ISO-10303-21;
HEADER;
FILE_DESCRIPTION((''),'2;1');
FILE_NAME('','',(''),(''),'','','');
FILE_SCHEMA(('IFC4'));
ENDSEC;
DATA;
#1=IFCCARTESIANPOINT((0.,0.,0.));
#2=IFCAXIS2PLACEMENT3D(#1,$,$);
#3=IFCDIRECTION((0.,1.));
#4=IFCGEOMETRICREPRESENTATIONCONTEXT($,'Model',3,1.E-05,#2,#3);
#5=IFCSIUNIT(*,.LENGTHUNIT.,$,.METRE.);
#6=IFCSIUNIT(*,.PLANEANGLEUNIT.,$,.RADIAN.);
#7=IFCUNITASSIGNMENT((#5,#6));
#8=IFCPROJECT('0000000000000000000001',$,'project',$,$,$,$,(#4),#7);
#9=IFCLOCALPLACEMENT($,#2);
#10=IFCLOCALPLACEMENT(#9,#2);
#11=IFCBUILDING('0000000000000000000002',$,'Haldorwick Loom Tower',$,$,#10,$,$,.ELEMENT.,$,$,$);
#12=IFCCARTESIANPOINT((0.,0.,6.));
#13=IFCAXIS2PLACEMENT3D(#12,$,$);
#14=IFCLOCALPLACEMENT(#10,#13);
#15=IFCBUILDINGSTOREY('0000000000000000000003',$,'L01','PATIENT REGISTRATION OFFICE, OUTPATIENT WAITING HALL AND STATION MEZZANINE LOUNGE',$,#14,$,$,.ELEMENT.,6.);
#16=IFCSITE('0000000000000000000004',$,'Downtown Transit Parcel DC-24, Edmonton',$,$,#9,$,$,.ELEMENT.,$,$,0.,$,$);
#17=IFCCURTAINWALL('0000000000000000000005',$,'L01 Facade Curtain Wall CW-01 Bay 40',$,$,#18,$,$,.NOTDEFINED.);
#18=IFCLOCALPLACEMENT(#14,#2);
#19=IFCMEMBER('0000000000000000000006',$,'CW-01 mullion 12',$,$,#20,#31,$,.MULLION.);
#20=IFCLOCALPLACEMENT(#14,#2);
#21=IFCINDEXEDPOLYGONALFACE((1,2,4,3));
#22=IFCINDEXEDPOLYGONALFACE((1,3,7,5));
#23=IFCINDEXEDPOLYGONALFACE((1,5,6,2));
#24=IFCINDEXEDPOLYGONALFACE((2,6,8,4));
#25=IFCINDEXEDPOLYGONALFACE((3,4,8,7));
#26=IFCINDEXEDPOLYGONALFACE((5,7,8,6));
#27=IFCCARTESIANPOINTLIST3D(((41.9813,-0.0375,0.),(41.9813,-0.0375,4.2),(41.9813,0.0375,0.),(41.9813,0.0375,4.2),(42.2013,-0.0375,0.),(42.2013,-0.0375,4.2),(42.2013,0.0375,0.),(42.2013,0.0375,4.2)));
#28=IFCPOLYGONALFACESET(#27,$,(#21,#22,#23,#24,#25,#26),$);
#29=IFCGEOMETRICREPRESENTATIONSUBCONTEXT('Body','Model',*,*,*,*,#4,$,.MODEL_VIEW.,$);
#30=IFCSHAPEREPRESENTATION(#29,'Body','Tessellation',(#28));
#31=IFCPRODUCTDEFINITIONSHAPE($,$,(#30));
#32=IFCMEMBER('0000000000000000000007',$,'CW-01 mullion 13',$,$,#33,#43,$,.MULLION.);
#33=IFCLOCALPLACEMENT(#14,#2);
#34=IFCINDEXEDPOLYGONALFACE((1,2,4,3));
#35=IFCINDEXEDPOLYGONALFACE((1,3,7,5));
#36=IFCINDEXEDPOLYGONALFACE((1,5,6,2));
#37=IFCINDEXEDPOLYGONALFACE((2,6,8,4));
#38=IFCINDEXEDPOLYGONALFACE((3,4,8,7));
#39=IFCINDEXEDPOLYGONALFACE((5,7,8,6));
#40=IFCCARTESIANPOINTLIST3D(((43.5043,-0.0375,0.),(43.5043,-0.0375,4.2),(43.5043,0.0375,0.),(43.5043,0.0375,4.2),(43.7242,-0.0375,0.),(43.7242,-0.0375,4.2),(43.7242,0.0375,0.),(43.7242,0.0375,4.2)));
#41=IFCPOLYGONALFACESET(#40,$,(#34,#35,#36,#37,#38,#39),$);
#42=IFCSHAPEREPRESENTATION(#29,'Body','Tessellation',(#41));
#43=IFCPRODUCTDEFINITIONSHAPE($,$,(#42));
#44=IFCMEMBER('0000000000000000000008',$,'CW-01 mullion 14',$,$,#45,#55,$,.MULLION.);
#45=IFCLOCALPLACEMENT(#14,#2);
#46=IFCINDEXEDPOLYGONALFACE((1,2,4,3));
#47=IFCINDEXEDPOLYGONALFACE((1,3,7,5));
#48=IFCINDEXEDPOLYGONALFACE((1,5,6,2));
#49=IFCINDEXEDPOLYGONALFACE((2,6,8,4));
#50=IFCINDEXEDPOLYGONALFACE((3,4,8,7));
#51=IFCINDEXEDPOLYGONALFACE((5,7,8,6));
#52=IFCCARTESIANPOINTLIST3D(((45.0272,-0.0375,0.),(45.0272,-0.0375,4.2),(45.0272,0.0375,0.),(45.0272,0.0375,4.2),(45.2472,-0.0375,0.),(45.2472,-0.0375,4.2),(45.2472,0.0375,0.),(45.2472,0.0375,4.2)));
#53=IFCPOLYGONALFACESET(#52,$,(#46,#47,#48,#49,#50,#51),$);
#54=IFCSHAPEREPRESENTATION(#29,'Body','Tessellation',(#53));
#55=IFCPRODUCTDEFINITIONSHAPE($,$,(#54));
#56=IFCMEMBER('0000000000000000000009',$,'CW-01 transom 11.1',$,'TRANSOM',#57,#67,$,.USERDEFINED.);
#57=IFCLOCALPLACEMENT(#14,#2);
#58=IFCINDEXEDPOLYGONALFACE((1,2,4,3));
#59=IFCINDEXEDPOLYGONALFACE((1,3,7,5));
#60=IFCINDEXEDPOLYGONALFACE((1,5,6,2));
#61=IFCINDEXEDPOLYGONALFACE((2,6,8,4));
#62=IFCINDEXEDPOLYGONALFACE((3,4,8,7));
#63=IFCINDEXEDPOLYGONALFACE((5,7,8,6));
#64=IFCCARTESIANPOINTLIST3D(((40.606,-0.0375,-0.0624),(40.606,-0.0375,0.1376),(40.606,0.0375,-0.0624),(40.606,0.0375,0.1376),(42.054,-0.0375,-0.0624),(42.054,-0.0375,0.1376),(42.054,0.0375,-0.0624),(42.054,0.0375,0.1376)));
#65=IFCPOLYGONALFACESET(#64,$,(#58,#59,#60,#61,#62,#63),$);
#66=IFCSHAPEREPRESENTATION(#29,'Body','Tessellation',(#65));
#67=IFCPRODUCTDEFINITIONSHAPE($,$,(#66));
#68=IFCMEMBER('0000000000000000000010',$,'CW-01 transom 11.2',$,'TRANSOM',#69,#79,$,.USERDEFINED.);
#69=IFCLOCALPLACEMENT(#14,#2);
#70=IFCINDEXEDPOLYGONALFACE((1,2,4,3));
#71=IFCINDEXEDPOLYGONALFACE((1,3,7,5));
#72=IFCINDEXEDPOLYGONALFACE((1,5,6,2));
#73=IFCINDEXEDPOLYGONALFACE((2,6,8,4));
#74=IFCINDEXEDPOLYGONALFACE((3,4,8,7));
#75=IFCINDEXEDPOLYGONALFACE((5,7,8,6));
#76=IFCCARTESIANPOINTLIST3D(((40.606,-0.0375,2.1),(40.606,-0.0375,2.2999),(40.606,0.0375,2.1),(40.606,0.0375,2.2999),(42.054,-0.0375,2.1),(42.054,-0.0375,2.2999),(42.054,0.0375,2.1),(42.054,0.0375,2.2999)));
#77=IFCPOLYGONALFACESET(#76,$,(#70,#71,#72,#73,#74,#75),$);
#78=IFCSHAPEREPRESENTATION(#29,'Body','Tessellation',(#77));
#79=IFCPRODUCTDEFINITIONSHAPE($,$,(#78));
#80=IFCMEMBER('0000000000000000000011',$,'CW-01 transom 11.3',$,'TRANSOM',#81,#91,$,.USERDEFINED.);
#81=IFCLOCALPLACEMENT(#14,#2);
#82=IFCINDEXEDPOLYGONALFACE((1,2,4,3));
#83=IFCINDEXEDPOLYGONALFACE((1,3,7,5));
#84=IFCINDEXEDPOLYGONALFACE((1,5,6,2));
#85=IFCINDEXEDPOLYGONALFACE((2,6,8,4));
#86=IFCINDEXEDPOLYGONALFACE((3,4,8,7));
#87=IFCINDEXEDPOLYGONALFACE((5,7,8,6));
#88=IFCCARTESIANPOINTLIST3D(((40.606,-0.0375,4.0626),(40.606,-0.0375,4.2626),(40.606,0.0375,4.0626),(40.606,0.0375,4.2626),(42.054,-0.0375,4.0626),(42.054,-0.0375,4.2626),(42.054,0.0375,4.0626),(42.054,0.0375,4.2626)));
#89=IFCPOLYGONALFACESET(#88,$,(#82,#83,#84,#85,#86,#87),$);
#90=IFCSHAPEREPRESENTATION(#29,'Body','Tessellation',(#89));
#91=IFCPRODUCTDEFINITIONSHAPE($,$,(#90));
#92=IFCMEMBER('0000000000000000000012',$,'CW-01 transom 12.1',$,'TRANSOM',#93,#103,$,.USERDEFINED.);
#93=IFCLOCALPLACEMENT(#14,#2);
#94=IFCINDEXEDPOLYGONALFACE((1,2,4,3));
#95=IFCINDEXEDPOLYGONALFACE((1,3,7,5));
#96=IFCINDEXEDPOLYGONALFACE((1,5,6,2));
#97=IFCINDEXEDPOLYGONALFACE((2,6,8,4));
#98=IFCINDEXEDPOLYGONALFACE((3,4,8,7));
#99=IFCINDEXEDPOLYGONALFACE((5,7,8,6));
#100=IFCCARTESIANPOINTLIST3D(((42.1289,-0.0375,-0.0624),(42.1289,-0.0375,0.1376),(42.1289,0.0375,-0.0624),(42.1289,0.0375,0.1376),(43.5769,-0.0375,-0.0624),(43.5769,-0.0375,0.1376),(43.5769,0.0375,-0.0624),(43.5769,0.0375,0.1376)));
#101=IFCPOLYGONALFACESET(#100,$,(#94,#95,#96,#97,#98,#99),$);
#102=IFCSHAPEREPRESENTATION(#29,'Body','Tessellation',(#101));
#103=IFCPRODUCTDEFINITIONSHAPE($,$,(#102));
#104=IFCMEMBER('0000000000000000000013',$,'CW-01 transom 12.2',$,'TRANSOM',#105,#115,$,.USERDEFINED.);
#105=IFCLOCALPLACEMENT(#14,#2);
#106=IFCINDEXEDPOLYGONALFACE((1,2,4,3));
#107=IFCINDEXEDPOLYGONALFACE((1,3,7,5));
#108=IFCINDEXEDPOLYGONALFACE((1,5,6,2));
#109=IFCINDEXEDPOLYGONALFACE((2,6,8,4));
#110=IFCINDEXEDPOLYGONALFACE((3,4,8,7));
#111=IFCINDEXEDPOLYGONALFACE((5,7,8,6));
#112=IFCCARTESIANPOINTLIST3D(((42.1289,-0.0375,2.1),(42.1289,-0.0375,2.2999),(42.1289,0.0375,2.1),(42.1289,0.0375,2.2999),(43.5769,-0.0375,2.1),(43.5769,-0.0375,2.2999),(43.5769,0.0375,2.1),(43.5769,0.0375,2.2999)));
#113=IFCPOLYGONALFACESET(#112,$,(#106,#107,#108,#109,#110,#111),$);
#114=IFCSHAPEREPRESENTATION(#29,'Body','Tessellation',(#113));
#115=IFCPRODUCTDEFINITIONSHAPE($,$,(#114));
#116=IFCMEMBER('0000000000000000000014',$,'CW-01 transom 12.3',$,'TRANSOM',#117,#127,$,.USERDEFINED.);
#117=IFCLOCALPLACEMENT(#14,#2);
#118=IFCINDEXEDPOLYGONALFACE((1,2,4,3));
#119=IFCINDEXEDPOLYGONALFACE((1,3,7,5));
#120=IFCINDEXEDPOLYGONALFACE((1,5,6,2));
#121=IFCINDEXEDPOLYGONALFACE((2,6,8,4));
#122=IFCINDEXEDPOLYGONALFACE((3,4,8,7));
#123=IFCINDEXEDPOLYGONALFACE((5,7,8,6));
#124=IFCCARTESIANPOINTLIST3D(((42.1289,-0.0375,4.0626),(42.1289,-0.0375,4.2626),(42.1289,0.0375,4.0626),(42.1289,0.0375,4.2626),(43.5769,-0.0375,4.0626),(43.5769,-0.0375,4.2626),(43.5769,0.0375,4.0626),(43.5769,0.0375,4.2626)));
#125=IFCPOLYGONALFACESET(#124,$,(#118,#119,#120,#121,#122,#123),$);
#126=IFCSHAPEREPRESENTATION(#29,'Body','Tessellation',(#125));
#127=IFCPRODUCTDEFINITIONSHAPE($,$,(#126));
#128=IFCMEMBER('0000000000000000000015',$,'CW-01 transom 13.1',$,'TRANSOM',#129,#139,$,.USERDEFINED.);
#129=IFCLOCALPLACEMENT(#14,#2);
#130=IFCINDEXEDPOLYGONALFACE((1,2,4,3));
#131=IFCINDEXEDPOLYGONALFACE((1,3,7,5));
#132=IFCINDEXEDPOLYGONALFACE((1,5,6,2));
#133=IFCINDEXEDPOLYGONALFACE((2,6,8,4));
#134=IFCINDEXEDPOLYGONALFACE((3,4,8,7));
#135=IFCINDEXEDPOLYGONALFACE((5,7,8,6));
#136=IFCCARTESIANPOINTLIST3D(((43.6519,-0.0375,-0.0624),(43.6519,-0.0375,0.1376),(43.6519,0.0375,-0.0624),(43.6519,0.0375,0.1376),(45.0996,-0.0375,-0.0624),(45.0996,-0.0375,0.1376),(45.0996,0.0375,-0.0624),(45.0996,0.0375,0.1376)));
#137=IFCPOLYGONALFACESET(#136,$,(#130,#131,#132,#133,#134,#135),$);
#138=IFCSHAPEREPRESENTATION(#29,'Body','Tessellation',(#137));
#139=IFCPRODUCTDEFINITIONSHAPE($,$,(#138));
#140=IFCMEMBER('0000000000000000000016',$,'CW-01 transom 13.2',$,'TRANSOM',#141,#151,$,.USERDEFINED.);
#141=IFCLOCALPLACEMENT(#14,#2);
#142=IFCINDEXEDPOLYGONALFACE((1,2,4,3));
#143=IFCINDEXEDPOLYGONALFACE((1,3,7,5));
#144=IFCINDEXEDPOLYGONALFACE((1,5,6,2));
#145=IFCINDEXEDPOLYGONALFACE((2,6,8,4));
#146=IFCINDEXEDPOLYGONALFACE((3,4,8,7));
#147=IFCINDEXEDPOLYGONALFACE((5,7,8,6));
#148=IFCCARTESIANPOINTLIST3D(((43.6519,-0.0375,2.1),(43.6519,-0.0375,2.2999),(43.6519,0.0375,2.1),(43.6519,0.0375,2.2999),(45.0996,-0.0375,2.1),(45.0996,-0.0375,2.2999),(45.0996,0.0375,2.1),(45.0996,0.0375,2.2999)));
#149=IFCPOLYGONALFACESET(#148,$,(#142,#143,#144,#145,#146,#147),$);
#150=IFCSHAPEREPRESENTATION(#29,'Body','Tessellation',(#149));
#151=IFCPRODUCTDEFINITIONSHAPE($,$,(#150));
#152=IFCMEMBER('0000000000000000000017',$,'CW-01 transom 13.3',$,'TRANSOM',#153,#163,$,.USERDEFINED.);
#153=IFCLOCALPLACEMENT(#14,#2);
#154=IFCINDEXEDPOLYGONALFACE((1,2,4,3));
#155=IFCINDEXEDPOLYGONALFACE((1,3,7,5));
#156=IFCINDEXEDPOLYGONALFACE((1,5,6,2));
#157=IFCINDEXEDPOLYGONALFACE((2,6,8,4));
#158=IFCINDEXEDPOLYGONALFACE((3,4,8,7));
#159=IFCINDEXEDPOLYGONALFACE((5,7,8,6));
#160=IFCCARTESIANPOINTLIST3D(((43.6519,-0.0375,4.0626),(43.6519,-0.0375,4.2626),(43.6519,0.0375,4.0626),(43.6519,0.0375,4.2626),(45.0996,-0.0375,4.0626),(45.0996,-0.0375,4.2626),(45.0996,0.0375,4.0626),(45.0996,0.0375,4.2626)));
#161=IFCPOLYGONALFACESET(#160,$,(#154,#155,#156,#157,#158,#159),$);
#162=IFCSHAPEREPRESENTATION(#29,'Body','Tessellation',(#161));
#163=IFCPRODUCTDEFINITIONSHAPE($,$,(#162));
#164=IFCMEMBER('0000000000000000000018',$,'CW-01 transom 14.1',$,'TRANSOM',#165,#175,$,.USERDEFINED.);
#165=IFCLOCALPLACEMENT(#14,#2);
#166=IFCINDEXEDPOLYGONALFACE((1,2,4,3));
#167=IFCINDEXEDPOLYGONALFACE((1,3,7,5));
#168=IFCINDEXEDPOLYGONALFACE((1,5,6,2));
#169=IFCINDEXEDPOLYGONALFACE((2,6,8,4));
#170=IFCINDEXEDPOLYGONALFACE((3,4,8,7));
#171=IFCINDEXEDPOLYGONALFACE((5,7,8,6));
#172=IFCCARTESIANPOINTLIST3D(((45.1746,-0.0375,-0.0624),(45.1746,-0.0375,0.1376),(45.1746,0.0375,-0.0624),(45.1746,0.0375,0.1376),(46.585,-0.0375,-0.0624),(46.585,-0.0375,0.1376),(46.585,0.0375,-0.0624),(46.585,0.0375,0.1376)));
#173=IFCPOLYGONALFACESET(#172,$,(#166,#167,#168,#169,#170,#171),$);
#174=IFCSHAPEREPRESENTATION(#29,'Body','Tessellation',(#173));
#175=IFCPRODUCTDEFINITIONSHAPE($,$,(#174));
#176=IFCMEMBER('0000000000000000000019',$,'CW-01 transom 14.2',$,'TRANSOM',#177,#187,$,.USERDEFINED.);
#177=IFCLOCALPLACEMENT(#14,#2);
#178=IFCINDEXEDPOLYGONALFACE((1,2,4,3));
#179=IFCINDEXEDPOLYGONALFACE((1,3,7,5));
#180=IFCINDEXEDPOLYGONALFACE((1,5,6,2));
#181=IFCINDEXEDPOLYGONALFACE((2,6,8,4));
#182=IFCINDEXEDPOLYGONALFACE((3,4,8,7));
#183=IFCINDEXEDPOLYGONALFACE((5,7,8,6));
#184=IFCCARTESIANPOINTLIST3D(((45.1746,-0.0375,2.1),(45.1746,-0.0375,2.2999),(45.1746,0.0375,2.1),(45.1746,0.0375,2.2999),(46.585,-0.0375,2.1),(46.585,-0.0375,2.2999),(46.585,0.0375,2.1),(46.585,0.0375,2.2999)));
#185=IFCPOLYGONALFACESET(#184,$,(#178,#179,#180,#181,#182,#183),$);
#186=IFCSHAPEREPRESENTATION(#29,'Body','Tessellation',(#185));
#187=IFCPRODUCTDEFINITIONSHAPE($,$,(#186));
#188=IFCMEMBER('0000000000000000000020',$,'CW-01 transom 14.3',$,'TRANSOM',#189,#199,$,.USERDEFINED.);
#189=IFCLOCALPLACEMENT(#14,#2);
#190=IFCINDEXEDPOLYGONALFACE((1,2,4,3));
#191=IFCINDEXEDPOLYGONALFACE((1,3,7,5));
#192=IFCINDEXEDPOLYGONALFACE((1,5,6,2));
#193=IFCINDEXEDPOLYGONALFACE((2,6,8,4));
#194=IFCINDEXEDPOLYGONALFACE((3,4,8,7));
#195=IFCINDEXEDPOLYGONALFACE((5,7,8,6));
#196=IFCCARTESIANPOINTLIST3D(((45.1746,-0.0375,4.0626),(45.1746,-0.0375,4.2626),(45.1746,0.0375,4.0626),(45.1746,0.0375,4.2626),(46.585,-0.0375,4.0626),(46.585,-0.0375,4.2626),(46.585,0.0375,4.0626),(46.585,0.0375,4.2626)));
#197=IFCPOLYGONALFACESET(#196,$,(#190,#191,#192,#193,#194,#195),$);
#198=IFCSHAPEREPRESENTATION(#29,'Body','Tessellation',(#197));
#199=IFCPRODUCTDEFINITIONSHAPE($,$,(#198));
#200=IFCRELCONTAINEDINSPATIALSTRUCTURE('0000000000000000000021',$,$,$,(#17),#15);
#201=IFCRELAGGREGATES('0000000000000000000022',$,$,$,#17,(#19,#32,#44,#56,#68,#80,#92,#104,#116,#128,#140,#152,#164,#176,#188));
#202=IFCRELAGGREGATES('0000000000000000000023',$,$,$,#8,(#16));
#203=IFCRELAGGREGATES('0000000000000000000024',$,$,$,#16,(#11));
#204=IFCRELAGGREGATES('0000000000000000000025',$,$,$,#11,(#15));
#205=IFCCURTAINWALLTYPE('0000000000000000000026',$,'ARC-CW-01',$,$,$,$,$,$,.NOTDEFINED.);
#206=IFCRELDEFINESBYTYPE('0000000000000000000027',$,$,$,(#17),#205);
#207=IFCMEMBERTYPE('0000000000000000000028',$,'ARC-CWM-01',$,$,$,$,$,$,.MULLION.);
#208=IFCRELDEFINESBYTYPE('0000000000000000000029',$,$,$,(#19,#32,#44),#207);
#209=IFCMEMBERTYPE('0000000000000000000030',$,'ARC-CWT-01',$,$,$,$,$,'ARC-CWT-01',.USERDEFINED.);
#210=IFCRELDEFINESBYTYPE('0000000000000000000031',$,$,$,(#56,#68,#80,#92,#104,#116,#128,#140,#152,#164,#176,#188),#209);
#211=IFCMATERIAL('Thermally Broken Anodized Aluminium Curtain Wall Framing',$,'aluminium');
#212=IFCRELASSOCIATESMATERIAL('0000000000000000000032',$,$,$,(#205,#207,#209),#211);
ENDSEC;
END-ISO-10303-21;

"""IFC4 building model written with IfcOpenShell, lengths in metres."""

from ifc_helpers import new_model, si_unit, direction, frame, origin, origin_2d, place, context, subcontext, project, spatial, rectangle, extrude, material, material_profile, profile_set, type_object, element, aggregate, save


model = new_model("IFC4")

# Units and contexts
model_context = context("Model", 3, precision=1e-05, world=origin(), true_north=direction((0.0, 1.0)))
body_context = subcontext(model_context, "Body", "Model", "MODEL_VIEW")
ifc_project = project(units=[si_unit("LENGTHUNIT", "METRE"), si_unit("PLANEANGLEUNIT", "RADIAN")], contexts=[model_context])

# Site, building, storey
site_placement = place(None, origin())
site = spatial("IfcSite", under=ifc_project, at=site_placement, Name="Downtown Transit Parcel DC-24, Edmonton", CompositionType="ELEMENT", RefElevation=0.0)
building_placement = place(site_placement, origin())
building = spatial("IfcBuilding", under=site, at=building_placement, Name="Haldorwick Loom Tower", CompositionType="ELEMENT")
storey_placement = place(building_placement, frame((0.0, 0.0, 6.0)))
storey = spatial("IfcBuildingStorey", under=building, at=storey_placement, Name="L01", Description="PATIENT REGISTRATION OFFICE, OUTPATIENT WAITING HALL AND STATION MEZZANINE LOUNGE", CompositionType="ELEMENT", Elevation=6.0)

# Curtain wall, members
ifc_material_1 = material(Name="Thermally Broken Anodized Aluminium Curtain Wall Framing", Category="aluminium")
curtain_wall_type = type_object("IfcCurtainWallType", Name="ARC-CW-01", PredefinedType="NOTDEFINED", material=ifc_material_1)
curtain_wall_placement = place(storey_placement, origin())
curtain_wall = element("IfcCurtainWall", 1, at=curtain_wall_placement, inside=storey, type_object=curtain_wall_type, Name="L01 Facade Curtain Wall CW-01 Bay 40", PredefinedType="NOTDEFINED")
ifc_material_profile_1 = material_profile(ifc_material_1, rectangle(XDim=0.075, YDim=0.22, at=origin_2d()), Name="ALU_MUL_75X220", Category="aluminium")
ifc_profile_set_1 = profile_set([ifc_material_profile_1], Name="Thermally Broken Anodized Aluminium Curtain Wall Framing")
member_type_1 = type_object("IfcMemberType", Name="ARC-CWM-01", PredefinedType="MULLION", material=ifc_profile_set_1)
member_1_placement = place(storey_placement, frame((42.0913, 0.0, 0.0), z_axis=(0.0, 0.0, 1.0), x_axis=(0.0, 1.0, 0.0)))
member_1 = element("IfcMember", 2, at=member_1_placement, type_object=member_type_1, Name="CW-01 mullion 12", PredefinedType="MULLION", context=body_context, shape_type="SweptSolid", body=[
    extrude(rectangle(XDim=0.075, YDim=0.22, at=origin_2d()), origin(), (0.0, 0.0, 1.0), 4.2),
])
member_2_placement = place(storey_placement, frame((43.6143, 0.0, 0.0), z_axis=(0.0, 0.0, 1.0), x_axis=(0.0, 1.0, 0.0)))
member_2 = element("IfcMember", 3, at=member_2_placement, type_object=member_type_1, Name="CW-01 mullion 13", PredefinedType="MULLION", context=body_context, shape_type="SweptSolid", body=[
    extrude(rectangle(XDim=0.075, YDim=0.22, at=origin_2d()), origin(), (0.0, 0.0, 1.0), 4.2),
])
member_3_placement = place(storey_placement, frame((45.1372, 0.0, 0.0), z_axis=(0.0, 0.0, 1.0), x_axis=(0.0, 1.0, 0.0)))
member_3 = element("IfcMember", 4, at=member_3_placement, type_object=member_type_1, Name="CW-01 mullion 14", PredefinedType="MULLION", context=body_context, shape_type="SweptSolid", body=[
    extrude(rectangle(XDim=0.075, YDim=0.22, at=origin_2d()), origin(), (0.0, 0.0, 1.0), 4.2),
])
ifc_material_profile_2 = material_profile(ifc_material_1, rectangle(XDim=0.075, YDim=0.2, at=origin_2d()), Name="ALU_TRN_75X200", Category="aluminium")
ifc_profile_set_2 = profile_set([ifc_material_profile_2], Name="Thermally Broken Anodized Aluminium Curtain Wall Framing")
member_type_2 = type_object("IfcMemberType", Name="ARC-CWT-01", ElementType="ARC-CWT-01", PredefinedType="USERDEFINED", material=ifc_profile_set_2)
member_4_placement = place(storey_placement, frame((40.606, 0.0, 0.0376), z_axis=(1.0, 0.0, 0.0), x_axis=(0.0, 1.0, 0.0)))
member_4 = element("IfcMember", 5, at=member_4_placement, type_object=member_type_2, Name="CW-01 transom 11.1", ObjectType="TRANSOM", PredefinedType="USERDEFINED", context=body_context, shape_type="SweptSolid", body=[
    extrude(rectangle(XDim=0.075, YDim=0.2, at=origin_2d()), origin(), (0.0, 0.0, 1.0), 1.448),
])
member_5_placement = place(storey_placement, frame((40.606, 0.0, 2.2), z_axis=(1.0, 0.0, 0.0), x_axis=(0.0, 1.0, 0.0)))
member_5 = element("IfcMember", 6, at=member_5_placement, type_object=member_type_2, Name="CW-01 transom 11.2", ObjectType="TRANSOM", PredefinedType="USERDEFINED", context=body_context, shape_type="SweptSolid", body=[
    extrude(rectangle(XDim=0.075, YDim=0.2, at=origin_2d()), origin(), (0.0, 0.0, 1.0), 1.448),
])
member_6_placement = place(storey_placement, frame((40.606, 0.0, 4.1626), z_axis=(1.0, 0.0, 0.0), x_axis=(0.0, 1.0, 0.0)))
member_6 = element("IfcMember", 7, at=member_6_placement, type_object=member_type_2, Name="CW-01 transom 11.3", ObjectType="TRANSOM", PredefinedType="USERDEFINED", context=body_context, shape_type="SweptSolid", body=[
    extrude(rectangle(XDim=0.075, YDim=0.2, at=origin_2d()), origin(), (0.0, 0.0, 1.0), 1.448),
])
member_7_placement = place(storey_placement, frame((42.1289, 0.0, 0.0376), z_axis=(1.0, 0.0, 0.0), x_axis=(0.0, 1.0, 0.0)))
member_7 = element("IfcMember", 8, at=member_7_placement, type_object=member_type_2, Name="CW-01 transom 12.1", ObjectType="TRANSOM", PredefinedType="USERDEFINED", context=body_context, shape_type="SweptSolid", body=[
    extrude(rectangle(XDim=0.075, YDim=0.2, at=origin_2d()), origin(), (0.0, 0.0, 1.0), 1.448),
])
member_8_placement = place(storey_placement, frame((42.1289, 0.0, 2.2), z_axis=(1.0, 0.0, 0.0), x_axis=(0.0, 1.0, 0.0)))
member_8 = element("IfcMember", 9, at=member_8_placement, type_object=member_type_2, Name="CW-01 transom 12.2", ObjectType="TRANSOM", PredefinedType="USERDEFINED", context=body_context, shape_type="SweptSolid", body=[
    extrude(rectangle(XDim=0.075, YDim=0.2, at=origin_2d()), origin(), (0.0, 0.0, 1.0), 1.448),
])
member_9_placement = place(storey_placement, frame((42.1289, 0.0, 4.1626), z_axis=(1.0, 0.0, 0.0), x_axis=(0.0, 1.0, 0.0)))
member_9 = element("IfcMember", 10, at=member_9_placement, type_object=member_type_2, Name="CW-01 transom 12.3", ObjectType="TRANSOM", PredefinedType="USERDEFINED", context=body_context, shape_type="SweptSolid", body=[
    extrude(rectangle(XDim=0.075, YDim=0.2, at=origin_2d()), origin(), (0.0, 0.0, 1.0), 1.448),
])
member_10_placement = place(storey_placement, frame((43.6519, 0.0, 0.0376), z_axis=(1.0, 0.0, 0.0), x_axis=(0.0, 1.0, 0.0)))
member_10 = element("IfcMember", 11, at=member_10_placement, type_object=member_type_2, Name="CW-01 transom 13.1", ObjectType="TRANSOM", PredefinedType="USERDEFINED", context=body_context, shape_type="SweptSolid", body=[
    extrude(rectangle(XDim=0.075, YDim=0.2, at=origin_2d()), origin(), (0.0, 0.0, 1.0), 1.4478),
])
member_11_placement = place(storey_placement, frame((43.6519, 0.0, 2.2), z_axis=(1.0, 0.0, 0.0), x_axis=(0.0, 1.0, 0.0)))
member_11 = element("IfcMember", 12, at=member_11_placement, type_object=member_type_2, Name="CW-01 transom 13.2", ObjectType="TRANSOM", PredefinedType="USERDEFINED", context=body_context, shape_type="SweptSolid", body=[
    extrude(rectangle(XDim=0.075, YDim=0.2, at=origin_2d()), origin(), (0.0, 0.0, 1.0), 1.4478),
])
member_12_placement = place(storey_placement, frame((43.6519, 0.0, 4.1626), z_axis=(1.0, 0.0, 0.0), x_axis=(0.0, 1.0, 0.0)))
member_12 = element("IfcMember", 13, at=member_12_placement, type_object=member_type_2, Name="CW-01 transom 13.3", ObjectType="TRANSOM", PredefinedType="USERDEFINED", context=body_context, shape_type="SweptSolid", body=[
    extrude(rectangle(XDim=0.075, YDim=0.2, at=origin_2d()), origin(), (0.0, 0.0, 1.0), 1.4478),
])
member_13_placement = place(storey_placement, frame((45.1746, 0.0, 0.0376), z_axis=(1.0, 0.0, 0.0), x_axis=(0.0, 1.0, 0.0)))
member_13 = element("IfcMember", 14, at=member_13_placement, type_object=member_type_2, Name="CW-01 transom 14.1", ObjectType="TRANSOM", PredefinedType="USERDEFINED", context=body_context, shape_type="SweptSolid", body=[
    extrude(rectangle(XDim=0.075, YDim=0.2, at=origin_2d()), origin(), (0.0, 0.0, 1.0), 1.4104),
])
member_14_placement = place(storey_placement, frame((45.1746, 0.0, 2.2), z_axis=(1.0, 0.0, 0.0), x_axis=(0.0, 1.0, 0.0)))
member_14 = element("IfcMember", 15, at=member_14_placement, type_object=member_type_2, Name="CW-01 transom 14.2", ObjectType="TRANSOM", PredefinedType="USERDEFINED", context=body_context, shape_type="SweptSolid", body=[
    extrude(rectangle(XDim=0.075, YDim=0.2, at=origin_2d()), origin(), (0.0, 0.0, 1.0), 1.4104),
])
member_15_placement = place(storey_placement, frame((45.1746, 0.0, 4.1626), z_axis=(1.0, 0.0, 0.0), x_axis=(0.0, 1.0, 0.0)))
member_15 = element("IfcMember", 16, at=member_15_placement, type_object=member_type_2, Name="CW-01 transom 14.3", ObjectType="TRANSOM", PredefinedType="USERDEFINED", context=body_context, shape_type="SweptSolid", body=[
    extrude(rectangle(XDim=0.075, YDim=0.2, at=origin_2d()), origin(), (0.0, 0.0, 1.0), 1.4104),
])
aggregate(curtain_wall, [member_1, member_2, member_3, member_4, member_5, member_6, member_7, member_8, member_9, member_10, member_11, member_12, member_13, member_14, member_15])

save(model, "model.ifc")
